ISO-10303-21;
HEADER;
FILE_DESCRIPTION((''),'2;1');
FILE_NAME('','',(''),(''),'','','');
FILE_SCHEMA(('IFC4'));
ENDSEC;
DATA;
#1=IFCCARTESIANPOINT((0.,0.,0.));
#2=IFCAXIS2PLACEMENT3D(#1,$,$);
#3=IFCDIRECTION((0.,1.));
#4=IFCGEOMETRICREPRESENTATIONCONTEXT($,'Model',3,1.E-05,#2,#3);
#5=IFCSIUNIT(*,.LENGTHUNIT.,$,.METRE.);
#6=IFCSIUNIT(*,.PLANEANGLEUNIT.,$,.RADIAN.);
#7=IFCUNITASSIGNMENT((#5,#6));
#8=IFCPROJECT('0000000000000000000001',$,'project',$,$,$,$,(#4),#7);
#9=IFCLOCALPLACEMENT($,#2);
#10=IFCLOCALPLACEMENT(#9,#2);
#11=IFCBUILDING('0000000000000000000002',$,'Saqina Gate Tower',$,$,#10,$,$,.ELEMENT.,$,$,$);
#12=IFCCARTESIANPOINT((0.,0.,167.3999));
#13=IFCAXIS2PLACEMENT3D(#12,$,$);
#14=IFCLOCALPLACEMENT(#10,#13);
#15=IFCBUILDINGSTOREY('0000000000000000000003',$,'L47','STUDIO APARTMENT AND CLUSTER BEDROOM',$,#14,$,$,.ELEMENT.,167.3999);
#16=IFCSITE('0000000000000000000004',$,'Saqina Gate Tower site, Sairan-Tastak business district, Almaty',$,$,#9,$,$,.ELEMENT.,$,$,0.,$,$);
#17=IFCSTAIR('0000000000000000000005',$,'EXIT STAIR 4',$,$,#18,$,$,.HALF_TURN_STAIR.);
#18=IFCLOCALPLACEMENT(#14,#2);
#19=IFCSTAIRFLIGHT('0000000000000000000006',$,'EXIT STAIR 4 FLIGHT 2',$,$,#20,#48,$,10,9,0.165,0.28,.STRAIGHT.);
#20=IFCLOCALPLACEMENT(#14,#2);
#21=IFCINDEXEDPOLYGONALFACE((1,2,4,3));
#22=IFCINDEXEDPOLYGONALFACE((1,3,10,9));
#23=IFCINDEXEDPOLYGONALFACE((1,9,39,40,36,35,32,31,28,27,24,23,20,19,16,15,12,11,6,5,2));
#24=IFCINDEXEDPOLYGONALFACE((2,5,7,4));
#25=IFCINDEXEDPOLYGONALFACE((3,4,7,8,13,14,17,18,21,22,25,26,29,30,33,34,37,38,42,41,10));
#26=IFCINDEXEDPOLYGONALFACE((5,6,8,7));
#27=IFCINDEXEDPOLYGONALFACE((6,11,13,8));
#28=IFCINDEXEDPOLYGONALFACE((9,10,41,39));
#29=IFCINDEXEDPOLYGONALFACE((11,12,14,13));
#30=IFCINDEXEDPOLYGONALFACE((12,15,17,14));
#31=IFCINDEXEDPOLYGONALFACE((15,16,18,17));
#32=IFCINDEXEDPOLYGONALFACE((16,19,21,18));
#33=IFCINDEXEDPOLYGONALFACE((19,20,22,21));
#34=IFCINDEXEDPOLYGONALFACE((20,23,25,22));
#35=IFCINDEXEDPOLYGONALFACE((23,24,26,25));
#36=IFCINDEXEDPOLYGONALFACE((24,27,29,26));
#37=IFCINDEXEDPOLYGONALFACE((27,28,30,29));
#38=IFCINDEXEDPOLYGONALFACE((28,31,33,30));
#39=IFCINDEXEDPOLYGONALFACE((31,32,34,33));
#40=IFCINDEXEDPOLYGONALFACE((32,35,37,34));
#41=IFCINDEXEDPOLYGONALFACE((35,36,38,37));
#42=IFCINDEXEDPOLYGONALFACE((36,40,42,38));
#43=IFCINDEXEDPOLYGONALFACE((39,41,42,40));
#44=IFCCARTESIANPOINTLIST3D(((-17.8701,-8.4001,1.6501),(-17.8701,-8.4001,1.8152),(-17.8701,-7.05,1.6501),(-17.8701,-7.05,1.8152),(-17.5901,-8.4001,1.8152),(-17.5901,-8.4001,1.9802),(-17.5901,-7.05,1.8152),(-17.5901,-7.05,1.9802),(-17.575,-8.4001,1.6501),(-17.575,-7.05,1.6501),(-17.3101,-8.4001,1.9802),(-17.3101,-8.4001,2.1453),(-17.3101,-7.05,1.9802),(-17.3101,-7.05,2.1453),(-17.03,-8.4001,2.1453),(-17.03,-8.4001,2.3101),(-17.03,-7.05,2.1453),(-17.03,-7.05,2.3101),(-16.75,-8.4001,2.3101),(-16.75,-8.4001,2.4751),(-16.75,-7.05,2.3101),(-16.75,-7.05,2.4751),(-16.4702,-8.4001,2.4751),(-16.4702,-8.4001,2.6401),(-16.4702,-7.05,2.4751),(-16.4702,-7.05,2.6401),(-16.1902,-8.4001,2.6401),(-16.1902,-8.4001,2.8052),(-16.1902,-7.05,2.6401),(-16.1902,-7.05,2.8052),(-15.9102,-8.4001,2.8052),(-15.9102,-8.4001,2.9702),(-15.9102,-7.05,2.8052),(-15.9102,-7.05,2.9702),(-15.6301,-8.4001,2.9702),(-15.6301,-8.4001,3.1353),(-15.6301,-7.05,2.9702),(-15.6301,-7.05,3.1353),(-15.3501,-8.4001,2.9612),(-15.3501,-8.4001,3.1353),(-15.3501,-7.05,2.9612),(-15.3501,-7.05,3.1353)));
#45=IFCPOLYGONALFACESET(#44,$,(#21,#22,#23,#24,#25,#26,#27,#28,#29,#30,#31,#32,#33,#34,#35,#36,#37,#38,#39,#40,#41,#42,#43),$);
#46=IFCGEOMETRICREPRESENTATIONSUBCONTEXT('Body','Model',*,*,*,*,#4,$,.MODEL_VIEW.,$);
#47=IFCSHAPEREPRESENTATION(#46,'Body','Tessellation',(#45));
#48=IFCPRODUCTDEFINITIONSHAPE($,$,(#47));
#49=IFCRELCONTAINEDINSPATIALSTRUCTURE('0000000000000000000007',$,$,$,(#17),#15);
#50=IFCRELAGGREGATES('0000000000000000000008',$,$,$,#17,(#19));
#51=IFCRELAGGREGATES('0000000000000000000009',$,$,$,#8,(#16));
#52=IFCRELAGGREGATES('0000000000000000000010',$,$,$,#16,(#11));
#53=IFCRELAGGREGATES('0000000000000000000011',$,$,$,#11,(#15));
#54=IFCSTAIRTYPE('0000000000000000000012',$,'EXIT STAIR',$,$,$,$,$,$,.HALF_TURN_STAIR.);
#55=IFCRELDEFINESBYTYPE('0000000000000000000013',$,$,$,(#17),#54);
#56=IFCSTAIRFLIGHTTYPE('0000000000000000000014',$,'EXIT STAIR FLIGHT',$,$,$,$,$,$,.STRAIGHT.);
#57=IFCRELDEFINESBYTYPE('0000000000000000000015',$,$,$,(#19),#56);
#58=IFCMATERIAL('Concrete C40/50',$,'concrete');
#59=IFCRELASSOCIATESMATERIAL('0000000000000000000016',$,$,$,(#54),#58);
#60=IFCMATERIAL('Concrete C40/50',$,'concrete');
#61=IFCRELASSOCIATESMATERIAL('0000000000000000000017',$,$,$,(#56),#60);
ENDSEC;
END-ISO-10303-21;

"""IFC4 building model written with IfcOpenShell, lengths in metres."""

from ifc_helpers import new_model, si_unit, direction, frame, origin, place, context, subcontext, project, spatial, polyline, outline, extrude, material, type_object, element, aggregate, save


model = new_model("IFC4")

# Units and contexts
model_context = context("Model", 3, precision=1e-05, world=origin(), true_north=direction((0.0, 1.0)))
body_context = subcontext(model_context, "Body", "Model", "MODEL_VIEW")
ifc_project = project(units=[si_unit("LENGTHUNIT", "METRE"), si_unit("PLANEANGLEUNIT", "RADIAN")], contexts=[model_context])

# Site, building, storey
site_placement = place(None, origin())
site = spatial("IfcSite", under=ifc_project, at=site_placement, Name="Saqina Gate Tower site, Sairan-Tastak business district, Almaty", CompositionType="ELEMENT", RefElevation=0.0)
building_placement = place(site_placement, origin())
building = spatial("IfcBuilding", under=site, at=building_placement, Name="Saqina Gate Tower", CompositionType="ELEMENT")
storey_placement = place(building_placement, frame((0.0, 0.0, 167.3999)))
storey = spatial("IfcBuildingStorey", under=building, at=storey_placement, Name="L47", Description="STUDIO APARTMENT AND CLUSTER BEDROOM", CompositionType="ELEMENT", Elevation=167.3999)

# Stair, stair flight
ifc_material_1 = material(Name="Concrete C40/50", Category="concrete")
stair_type = type_object("IfcStairType", Name="EXIT STAIR", PredefinedType="HALF_TURN_STAIR", material=ifc_material_1)
stair_placement = place(storey_placement, origin())
stair = element("IfcStair", 1, at=stair_placement, inside=storey, type_object=stair_type, Name="EXIT STAIR 4", PredefinedType="HALF_TURN_STAIR")
ifc_material_2 = material(Name="Concrete C40/50", Category="concrete")
stair_flight_type = type_object("IfcStairFlightType", Name="EXIT STAIR FLIGHT", PredefinedType="STRAIGHT", material=ifc_material_2)
stair_flight_placement = place(storey_placement, frame((-17.8701, -7.7251, 1.6501), z_axis=(0.0, 0.0, 1.0), x_axis=(1.0, 0.0, 0.0)))
stair_flight = element("IfcStairFlight", 2, at=stair_flight_placement, type_object=stair_flight_type, Name="EXIT STAIR 4 FLIGHT 2", NumberOfRisers=10, NumberOfTreads=9, PredefinedType="STRAIGHT", RiserHeight=0.165, TreadLength=0.28, context=body_context, shape_type="SweptSolid", body=[
    extrude(outline(polyline([(0.0, 0.0), (0.0, 0.165), (0.28, 0.165), (0.28, 0.3301), (0.5601, 0.3301), (0.5601, 0.4951), (0.8401, 0.4951), (0.8401, 0.6599), (1.1201, 0.6599), (1.1201, 0.825), (1.3999, 0.825), (1.3999, 0.99), (1.6799, 0.99), (1.6799, 1.155), (1.96, 1.155), (1.96, 1.3201), (2.24, 1.3201), (2.24, 1.4851), (2.52, 1.4851), (2.52, 1.6499), (2.52, 1.311), (0.2952, 0.0), (0.0, 0.0)])), frame((0.0, 0.675, 0.0), z_axis=(0.0, -1.0, 0.0), x_axis=(1.0, 0.0, 0.0)), (0.0, 0.0, 1.0), 1.3501),
])
aggregate(stair, [stair_flight])

save(model, "model.ifc")
